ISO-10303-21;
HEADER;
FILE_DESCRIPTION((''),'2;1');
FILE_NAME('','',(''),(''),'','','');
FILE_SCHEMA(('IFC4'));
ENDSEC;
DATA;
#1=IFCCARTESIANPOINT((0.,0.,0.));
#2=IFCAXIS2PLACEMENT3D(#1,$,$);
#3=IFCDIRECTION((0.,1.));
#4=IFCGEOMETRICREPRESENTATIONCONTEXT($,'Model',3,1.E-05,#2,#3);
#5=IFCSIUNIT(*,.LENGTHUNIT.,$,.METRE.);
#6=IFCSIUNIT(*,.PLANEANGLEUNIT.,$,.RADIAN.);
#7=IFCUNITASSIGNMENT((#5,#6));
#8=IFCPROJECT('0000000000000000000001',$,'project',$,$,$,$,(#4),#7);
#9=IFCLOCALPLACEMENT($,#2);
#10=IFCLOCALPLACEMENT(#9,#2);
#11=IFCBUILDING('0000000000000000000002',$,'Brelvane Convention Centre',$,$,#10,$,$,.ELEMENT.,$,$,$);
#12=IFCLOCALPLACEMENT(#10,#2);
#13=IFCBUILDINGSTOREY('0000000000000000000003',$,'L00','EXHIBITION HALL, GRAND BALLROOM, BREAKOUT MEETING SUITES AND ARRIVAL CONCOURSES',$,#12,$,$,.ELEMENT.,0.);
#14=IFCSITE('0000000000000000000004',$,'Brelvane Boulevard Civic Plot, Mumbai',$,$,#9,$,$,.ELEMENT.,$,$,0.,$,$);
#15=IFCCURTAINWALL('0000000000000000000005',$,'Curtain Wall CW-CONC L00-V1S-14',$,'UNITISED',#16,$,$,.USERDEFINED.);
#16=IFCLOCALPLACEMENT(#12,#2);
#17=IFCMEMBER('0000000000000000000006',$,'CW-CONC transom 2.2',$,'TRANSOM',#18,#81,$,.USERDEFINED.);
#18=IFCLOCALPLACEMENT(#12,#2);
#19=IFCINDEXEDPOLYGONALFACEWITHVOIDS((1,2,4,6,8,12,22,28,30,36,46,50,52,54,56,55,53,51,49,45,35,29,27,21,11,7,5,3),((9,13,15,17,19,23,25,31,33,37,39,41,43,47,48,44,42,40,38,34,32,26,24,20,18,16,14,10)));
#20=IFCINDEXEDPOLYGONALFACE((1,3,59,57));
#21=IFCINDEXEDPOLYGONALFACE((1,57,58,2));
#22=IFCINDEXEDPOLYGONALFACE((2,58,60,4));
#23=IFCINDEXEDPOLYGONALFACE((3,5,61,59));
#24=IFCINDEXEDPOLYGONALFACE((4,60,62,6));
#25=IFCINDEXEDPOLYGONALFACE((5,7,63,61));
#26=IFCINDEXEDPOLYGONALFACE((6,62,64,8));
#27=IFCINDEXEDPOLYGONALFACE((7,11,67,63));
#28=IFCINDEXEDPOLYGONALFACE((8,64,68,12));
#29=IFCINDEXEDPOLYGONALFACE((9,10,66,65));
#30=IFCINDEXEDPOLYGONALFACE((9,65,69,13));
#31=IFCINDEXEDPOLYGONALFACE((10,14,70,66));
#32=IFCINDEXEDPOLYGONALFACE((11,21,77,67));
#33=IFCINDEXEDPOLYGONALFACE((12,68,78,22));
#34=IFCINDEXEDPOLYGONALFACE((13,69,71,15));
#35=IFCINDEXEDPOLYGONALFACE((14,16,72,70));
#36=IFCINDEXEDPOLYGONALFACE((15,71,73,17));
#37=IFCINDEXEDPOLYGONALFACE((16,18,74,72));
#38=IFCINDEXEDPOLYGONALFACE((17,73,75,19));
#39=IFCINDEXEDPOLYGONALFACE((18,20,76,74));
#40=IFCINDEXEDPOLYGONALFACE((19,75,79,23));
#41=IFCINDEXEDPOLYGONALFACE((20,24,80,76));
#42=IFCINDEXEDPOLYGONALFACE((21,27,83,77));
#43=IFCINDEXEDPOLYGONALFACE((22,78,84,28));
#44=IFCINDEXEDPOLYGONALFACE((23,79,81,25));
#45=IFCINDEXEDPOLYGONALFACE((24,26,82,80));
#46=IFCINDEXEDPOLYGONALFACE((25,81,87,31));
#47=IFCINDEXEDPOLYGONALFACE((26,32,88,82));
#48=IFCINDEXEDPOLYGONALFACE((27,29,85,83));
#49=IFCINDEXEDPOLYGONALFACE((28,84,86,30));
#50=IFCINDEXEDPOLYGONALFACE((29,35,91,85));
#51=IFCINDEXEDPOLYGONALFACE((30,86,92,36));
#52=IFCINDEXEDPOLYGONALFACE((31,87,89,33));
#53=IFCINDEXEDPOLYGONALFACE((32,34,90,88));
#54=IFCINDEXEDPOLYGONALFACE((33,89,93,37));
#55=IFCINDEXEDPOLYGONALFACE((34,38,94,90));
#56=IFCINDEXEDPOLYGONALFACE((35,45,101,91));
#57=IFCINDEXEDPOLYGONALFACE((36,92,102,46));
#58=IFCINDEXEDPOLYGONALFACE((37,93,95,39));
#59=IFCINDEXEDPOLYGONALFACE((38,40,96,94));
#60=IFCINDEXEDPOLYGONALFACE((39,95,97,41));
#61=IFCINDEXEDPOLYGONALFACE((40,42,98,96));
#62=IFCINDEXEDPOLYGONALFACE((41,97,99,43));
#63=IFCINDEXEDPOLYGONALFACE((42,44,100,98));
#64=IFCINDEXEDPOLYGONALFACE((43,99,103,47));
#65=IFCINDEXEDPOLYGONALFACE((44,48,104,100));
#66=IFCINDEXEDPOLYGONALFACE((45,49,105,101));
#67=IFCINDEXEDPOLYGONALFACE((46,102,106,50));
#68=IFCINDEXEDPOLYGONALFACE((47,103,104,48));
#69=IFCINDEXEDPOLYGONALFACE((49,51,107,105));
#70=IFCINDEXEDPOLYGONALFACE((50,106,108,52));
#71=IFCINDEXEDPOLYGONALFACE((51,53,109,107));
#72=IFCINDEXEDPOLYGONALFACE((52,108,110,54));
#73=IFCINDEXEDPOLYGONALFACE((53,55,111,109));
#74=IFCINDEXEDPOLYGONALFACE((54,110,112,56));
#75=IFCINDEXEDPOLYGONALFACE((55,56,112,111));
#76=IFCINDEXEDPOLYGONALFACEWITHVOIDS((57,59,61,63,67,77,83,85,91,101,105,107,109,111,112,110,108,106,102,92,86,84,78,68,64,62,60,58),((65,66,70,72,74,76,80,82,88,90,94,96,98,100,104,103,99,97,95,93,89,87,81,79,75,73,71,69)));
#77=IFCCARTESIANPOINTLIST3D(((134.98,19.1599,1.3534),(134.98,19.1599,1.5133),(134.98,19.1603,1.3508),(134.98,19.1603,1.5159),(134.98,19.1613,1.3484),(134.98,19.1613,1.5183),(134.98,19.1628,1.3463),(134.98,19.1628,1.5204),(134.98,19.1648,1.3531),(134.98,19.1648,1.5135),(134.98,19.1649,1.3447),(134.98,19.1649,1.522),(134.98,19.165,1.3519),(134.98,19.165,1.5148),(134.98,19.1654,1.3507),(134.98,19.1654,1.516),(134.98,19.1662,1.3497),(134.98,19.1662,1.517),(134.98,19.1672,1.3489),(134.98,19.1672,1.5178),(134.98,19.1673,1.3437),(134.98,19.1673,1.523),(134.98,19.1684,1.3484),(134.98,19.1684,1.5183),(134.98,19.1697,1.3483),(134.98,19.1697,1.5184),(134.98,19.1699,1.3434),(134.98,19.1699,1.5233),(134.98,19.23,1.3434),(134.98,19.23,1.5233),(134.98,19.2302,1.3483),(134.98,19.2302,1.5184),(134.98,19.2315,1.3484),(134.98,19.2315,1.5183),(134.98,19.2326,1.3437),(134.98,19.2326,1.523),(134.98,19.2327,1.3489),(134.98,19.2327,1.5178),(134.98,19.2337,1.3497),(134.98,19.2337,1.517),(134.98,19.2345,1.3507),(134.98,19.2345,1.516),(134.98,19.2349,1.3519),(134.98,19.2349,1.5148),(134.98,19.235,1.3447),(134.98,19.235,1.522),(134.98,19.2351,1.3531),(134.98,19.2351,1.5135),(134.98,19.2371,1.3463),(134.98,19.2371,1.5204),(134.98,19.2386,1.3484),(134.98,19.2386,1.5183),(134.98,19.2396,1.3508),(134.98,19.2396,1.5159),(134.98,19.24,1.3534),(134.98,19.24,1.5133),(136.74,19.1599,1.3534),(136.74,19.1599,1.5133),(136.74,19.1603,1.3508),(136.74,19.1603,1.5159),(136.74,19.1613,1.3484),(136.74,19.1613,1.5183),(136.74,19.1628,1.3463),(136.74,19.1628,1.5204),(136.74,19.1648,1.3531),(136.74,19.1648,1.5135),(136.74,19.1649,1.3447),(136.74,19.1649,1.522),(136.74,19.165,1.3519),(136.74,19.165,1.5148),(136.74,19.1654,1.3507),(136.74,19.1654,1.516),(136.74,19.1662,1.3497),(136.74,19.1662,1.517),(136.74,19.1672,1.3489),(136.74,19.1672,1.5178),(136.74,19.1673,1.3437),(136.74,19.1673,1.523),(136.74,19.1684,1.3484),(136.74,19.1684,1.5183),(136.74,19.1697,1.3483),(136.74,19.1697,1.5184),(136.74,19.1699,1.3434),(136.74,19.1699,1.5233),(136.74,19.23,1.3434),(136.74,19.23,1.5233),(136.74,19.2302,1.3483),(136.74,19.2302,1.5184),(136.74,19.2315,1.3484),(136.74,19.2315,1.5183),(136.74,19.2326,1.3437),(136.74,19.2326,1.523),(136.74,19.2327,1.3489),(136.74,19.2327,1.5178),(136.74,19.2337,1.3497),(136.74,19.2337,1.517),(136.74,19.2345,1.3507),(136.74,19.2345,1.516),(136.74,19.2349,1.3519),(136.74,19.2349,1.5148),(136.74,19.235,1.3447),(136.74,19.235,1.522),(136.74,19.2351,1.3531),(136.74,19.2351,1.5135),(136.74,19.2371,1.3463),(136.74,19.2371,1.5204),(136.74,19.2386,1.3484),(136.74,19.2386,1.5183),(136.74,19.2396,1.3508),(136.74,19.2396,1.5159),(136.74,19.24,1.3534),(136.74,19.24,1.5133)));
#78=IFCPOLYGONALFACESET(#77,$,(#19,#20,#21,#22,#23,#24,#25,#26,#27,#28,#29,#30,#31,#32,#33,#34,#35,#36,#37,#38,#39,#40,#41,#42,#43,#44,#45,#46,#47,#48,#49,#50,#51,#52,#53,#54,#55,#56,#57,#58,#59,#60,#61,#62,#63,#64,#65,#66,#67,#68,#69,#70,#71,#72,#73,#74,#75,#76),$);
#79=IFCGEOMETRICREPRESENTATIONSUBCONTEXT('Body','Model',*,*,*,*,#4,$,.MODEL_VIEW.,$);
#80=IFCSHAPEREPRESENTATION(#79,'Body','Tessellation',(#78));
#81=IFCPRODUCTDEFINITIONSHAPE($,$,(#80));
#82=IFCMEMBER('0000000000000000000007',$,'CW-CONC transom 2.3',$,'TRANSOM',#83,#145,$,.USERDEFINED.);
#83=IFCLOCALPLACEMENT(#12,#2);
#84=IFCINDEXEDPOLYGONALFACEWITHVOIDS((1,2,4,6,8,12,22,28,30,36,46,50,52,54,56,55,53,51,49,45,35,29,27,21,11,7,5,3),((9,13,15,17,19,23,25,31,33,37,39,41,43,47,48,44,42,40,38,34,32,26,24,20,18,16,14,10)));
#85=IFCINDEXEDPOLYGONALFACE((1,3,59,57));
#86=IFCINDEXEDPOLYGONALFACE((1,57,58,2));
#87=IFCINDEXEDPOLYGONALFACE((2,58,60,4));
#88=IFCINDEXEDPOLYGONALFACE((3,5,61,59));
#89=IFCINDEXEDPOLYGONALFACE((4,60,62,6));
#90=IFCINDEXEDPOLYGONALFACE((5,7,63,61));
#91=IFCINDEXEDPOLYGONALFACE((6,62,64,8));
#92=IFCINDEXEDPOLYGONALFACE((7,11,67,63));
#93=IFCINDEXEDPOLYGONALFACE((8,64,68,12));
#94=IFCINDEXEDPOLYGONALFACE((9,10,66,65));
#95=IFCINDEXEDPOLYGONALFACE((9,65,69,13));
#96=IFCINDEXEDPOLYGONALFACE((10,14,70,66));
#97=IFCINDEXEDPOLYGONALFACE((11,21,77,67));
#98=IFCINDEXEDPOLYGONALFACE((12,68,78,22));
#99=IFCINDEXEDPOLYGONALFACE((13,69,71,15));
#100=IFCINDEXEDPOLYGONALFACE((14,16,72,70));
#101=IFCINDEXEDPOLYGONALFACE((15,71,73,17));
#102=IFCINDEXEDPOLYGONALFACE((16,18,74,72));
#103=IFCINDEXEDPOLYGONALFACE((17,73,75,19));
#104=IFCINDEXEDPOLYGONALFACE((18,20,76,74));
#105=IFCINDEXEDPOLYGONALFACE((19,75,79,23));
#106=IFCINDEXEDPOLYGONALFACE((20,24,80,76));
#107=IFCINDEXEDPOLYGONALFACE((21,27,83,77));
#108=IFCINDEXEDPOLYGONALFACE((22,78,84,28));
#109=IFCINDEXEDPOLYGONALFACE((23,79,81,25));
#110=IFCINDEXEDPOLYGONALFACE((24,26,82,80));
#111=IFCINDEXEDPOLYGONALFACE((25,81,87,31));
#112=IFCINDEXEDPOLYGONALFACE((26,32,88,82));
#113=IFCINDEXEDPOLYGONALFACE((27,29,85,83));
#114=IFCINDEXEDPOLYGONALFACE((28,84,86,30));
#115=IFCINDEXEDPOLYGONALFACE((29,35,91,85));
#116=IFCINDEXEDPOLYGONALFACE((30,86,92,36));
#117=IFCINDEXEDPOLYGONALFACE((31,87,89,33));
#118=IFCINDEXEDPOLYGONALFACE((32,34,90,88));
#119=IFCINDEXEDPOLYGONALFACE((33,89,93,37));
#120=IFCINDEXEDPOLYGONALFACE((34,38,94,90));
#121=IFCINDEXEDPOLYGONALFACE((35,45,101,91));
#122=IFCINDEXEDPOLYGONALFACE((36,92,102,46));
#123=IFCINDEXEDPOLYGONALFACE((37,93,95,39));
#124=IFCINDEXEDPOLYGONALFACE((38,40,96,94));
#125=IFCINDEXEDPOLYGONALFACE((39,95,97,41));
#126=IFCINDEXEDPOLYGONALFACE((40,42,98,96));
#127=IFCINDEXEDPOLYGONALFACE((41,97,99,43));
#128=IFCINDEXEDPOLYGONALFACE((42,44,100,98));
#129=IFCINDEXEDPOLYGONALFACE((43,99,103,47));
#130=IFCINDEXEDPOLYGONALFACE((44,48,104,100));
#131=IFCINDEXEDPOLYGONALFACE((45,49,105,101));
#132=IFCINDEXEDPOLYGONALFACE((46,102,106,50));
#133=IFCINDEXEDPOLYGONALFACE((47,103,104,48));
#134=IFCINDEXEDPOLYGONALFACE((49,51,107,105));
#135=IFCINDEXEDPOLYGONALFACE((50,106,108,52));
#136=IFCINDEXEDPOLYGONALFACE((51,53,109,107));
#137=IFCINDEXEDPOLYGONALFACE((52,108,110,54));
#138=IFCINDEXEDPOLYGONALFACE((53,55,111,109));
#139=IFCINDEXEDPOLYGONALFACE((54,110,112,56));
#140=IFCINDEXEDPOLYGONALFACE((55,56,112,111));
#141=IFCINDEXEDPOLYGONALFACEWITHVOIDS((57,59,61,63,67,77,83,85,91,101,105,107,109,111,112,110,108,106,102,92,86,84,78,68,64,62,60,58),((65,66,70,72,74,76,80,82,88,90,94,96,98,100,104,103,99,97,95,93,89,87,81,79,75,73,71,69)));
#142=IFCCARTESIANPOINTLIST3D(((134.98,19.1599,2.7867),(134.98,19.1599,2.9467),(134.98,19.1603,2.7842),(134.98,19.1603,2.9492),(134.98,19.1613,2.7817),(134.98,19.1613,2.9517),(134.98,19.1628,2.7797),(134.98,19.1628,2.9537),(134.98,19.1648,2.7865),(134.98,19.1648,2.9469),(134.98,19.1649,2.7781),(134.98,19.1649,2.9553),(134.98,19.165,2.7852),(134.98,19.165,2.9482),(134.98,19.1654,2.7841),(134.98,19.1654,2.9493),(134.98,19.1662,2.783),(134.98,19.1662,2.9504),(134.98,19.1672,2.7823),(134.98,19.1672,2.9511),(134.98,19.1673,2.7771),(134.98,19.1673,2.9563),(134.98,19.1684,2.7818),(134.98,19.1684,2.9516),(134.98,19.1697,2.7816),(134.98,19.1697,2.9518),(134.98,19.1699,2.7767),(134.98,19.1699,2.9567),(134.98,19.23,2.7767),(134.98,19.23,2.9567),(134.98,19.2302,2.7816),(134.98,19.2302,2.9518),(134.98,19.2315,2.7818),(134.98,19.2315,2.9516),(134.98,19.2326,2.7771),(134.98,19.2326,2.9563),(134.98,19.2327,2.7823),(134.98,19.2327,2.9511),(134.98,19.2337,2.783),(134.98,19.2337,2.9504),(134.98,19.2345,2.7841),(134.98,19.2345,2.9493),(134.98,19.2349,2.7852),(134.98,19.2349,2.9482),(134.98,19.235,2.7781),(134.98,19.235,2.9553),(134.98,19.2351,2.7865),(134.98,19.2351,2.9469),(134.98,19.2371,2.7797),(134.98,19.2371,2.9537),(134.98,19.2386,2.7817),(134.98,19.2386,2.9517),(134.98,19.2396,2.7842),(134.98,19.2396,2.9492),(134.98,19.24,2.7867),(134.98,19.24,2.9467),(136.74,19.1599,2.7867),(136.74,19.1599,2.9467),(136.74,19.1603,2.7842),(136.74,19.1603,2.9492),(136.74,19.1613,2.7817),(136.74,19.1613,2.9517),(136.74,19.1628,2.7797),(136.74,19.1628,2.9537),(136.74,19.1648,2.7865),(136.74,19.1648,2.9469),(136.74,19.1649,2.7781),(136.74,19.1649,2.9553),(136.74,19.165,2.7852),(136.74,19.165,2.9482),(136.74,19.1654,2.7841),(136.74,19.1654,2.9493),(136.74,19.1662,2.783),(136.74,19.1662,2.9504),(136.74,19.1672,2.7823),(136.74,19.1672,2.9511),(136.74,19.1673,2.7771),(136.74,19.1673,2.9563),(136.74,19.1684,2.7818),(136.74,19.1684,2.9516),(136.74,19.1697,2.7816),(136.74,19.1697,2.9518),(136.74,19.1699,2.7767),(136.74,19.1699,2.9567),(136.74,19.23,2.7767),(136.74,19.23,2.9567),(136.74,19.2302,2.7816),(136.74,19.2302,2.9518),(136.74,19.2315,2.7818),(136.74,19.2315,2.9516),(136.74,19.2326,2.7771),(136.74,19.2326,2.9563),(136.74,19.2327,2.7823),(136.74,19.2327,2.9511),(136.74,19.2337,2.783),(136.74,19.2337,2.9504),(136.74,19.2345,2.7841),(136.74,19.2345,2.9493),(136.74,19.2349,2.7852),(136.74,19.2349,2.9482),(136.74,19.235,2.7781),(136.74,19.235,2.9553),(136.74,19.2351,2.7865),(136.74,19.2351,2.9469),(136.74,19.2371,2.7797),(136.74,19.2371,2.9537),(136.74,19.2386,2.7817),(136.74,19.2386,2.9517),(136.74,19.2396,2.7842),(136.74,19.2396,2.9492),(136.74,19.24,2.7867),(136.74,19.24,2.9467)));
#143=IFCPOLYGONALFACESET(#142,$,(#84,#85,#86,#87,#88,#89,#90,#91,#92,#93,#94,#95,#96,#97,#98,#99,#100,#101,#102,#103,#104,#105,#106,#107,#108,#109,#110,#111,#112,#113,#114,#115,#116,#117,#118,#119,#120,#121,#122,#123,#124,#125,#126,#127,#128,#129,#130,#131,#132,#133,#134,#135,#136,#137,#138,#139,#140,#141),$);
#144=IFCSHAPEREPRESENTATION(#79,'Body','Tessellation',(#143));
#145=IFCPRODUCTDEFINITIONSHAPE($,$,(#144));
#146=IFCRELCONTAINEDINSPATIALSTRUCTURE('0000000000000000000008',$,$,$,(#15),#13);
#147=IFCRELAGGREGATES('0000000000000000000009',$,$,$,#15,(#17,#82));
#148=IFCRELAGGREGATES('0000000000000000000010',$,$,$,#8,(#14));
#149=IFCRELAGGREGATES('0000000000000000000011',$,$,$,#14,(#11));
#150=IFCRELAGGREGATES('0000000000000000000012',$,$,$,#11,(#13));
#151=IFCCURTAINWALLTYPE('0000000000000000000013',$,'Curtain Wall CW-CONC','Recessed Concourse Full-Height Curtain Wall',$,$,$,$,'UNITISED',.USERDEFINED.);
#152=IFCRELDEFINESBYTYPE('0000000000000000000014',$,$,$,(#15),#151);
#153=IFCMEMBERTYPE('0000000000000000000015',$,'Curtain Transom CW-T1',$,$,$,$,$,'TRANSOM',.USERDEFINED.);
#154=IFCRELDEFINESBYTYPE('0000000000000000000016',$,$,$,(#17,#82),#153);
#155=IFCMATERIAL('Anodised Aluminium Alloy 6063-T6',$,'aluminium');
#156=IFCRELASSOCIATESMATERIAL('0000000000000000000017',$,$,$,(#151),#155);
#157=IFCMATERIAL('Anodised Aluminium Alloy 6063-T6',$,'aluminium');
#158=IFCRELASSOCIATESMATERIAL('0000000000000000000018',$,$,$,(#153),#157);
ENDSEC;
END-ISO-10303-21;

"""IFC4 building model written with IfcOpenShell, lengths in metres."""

from ifc_helpers import new_model, si_unit, direction, frame, origin, origin_2d, place, context, subcontext, project, spatial, hollow_rectangle, extrude, material, material_profile, profile_set, type_object, element, aggregate, save


model = new_model("IFC4")

# Units and contexts
model_context = context("Model", 3, precision=1e-05, world=origin(), true_north=direction((0.0, 1.0)))
body_context = subcontext(model_context, "Body", "Model", "MODEL_VIEW")
ifc_project = project(units=[si_unit("LENGTHUNIT", "METRE"), si_unit("PLANEANGLEUNIT", "RADIAN")], contexts=[model_context])

# Site, building, storey
site_placement = place(None, origin())
site = spatial("IfcSite", under=ifc_project, at=site_placement, Name="Brelvane Boulevard Civic Plot, Mumbai", CompositionType="ELEMENT", RefElevation=0.0)
building_placement = place(site_placement, origin())
building = spatial("IfcBuilding", under=site, at=building_placement, Name="Brelvane Convention Centre", CompositionType="ELEMENT")
storey_placement = place(building_placement, origin())
storey = spatial("IfcBuildingStorey", under=building, at=storey_placement, Name="L00", Description="EXHIBITION HALL, GRAND BALLROOM, BREAKOUT MEETING SUITES AND ARRIVAL CONCOURSES", CompositionType="ELEMENT", Elevation=0.0)

# Curtain wall, members
ifc_material_1 = material(Name="Anodised Aluminium Alloy 6063-T6", Category="aluminium")
curtain_wall_type = type_object("IfcCurtainWallType", Name="Curtain Wall CW-CONC", Description="Recessed Concourse Full-Height Curtain Wall", ElementType="UNITISED", PredefinedType="USERDEFINED", material=ifc_material_1)
curtain_wall_placement = place(storey_placement, origin())
curtain_wall = element("IfcCurtainWall", 1, at=curtain_wall_placement, inside=storey, type_object=curtain_wall_type, Name="Curtain Wall CW-CONC L00-V1S-14", ObjectType="UNITISED", PredefinedType="USERDEFINED")
ifc_material_2 = material(Name="Anodised Aluminium Alloy 6063-T6", Category="aluminium")
ifc_material_profile_1 = material_profile(ifc_material_2, hollow_rectangle(XDim=0.0801, YDim=0.1799, WallThickness=0.0049, InnerFilletRadius=0.0049, OuterFilletRadius=0.01, at=origin_2d()), Name="ALU-T 180x80x5.0")
ifc_profile_set_1 = profile_set([ifc_material_profile_1], Name="Anodised Aluminium Alloy 6063-T6")
member_type_1 = type_object("IfcMemberType", Name="Curtain Transom CW-T1", ElementType="TRANSOM", PredefinedType="USERDEFINED", material=ifc_profile_set_1)
member_1_placement = place(storey_placement, frame((134.98, 19.2, 1.4333), z_axis=(1.0, 0.0, 0.0), x_axis=(0.0, 1.0, 0.0)))
member_1 = element("IfcMember", 2, at=member_1_placement, type_object=member_type_1, Name="CW-CONC transom 2.2", ObjectType="TRANSOM", PredefinedType="USERDEFINED", context=body_context, shape_type="SweptSolid", body=[
    extrude(hollow_rectangle(XDim=0.0801, YDim=0.1799, WallThickness=0.0049, InnerFilletRadius=0.0049, OuterFilletRadius=0.01, at=origin_2d()), origin(), (0.0, 0.0, 1.0), 1.76),
])
member_2_placement = place(storey_placement, frame((134.98, 19.2, 2.8667), z_axis=(1.0, 0.0, 0.0), x_axis=(0.0, 1.0, 0.0)))
member_2 = element("IfcMember", 3, at=member_2_placement, type_object=member_type_1, Name="CW-CONC transom 2.3", ObjectType="TRANSOM", PredefinedType="USERDEFINED", context=body_context, shape_type="SweptSolid", body=[
    extrude(hollow_rectangle(XDim=0.0801, YDim=0.1799, WallThickness=0.0049, InnerFilletRadius=0.0049, OuterFilletRadius=0.01, at=origin_2d()), origin(), (0.0, 0.0, 1.0), 1.76),
])

aggregate(curtain_wall, [member_1, member_2])

save(model, "model.ifc")
